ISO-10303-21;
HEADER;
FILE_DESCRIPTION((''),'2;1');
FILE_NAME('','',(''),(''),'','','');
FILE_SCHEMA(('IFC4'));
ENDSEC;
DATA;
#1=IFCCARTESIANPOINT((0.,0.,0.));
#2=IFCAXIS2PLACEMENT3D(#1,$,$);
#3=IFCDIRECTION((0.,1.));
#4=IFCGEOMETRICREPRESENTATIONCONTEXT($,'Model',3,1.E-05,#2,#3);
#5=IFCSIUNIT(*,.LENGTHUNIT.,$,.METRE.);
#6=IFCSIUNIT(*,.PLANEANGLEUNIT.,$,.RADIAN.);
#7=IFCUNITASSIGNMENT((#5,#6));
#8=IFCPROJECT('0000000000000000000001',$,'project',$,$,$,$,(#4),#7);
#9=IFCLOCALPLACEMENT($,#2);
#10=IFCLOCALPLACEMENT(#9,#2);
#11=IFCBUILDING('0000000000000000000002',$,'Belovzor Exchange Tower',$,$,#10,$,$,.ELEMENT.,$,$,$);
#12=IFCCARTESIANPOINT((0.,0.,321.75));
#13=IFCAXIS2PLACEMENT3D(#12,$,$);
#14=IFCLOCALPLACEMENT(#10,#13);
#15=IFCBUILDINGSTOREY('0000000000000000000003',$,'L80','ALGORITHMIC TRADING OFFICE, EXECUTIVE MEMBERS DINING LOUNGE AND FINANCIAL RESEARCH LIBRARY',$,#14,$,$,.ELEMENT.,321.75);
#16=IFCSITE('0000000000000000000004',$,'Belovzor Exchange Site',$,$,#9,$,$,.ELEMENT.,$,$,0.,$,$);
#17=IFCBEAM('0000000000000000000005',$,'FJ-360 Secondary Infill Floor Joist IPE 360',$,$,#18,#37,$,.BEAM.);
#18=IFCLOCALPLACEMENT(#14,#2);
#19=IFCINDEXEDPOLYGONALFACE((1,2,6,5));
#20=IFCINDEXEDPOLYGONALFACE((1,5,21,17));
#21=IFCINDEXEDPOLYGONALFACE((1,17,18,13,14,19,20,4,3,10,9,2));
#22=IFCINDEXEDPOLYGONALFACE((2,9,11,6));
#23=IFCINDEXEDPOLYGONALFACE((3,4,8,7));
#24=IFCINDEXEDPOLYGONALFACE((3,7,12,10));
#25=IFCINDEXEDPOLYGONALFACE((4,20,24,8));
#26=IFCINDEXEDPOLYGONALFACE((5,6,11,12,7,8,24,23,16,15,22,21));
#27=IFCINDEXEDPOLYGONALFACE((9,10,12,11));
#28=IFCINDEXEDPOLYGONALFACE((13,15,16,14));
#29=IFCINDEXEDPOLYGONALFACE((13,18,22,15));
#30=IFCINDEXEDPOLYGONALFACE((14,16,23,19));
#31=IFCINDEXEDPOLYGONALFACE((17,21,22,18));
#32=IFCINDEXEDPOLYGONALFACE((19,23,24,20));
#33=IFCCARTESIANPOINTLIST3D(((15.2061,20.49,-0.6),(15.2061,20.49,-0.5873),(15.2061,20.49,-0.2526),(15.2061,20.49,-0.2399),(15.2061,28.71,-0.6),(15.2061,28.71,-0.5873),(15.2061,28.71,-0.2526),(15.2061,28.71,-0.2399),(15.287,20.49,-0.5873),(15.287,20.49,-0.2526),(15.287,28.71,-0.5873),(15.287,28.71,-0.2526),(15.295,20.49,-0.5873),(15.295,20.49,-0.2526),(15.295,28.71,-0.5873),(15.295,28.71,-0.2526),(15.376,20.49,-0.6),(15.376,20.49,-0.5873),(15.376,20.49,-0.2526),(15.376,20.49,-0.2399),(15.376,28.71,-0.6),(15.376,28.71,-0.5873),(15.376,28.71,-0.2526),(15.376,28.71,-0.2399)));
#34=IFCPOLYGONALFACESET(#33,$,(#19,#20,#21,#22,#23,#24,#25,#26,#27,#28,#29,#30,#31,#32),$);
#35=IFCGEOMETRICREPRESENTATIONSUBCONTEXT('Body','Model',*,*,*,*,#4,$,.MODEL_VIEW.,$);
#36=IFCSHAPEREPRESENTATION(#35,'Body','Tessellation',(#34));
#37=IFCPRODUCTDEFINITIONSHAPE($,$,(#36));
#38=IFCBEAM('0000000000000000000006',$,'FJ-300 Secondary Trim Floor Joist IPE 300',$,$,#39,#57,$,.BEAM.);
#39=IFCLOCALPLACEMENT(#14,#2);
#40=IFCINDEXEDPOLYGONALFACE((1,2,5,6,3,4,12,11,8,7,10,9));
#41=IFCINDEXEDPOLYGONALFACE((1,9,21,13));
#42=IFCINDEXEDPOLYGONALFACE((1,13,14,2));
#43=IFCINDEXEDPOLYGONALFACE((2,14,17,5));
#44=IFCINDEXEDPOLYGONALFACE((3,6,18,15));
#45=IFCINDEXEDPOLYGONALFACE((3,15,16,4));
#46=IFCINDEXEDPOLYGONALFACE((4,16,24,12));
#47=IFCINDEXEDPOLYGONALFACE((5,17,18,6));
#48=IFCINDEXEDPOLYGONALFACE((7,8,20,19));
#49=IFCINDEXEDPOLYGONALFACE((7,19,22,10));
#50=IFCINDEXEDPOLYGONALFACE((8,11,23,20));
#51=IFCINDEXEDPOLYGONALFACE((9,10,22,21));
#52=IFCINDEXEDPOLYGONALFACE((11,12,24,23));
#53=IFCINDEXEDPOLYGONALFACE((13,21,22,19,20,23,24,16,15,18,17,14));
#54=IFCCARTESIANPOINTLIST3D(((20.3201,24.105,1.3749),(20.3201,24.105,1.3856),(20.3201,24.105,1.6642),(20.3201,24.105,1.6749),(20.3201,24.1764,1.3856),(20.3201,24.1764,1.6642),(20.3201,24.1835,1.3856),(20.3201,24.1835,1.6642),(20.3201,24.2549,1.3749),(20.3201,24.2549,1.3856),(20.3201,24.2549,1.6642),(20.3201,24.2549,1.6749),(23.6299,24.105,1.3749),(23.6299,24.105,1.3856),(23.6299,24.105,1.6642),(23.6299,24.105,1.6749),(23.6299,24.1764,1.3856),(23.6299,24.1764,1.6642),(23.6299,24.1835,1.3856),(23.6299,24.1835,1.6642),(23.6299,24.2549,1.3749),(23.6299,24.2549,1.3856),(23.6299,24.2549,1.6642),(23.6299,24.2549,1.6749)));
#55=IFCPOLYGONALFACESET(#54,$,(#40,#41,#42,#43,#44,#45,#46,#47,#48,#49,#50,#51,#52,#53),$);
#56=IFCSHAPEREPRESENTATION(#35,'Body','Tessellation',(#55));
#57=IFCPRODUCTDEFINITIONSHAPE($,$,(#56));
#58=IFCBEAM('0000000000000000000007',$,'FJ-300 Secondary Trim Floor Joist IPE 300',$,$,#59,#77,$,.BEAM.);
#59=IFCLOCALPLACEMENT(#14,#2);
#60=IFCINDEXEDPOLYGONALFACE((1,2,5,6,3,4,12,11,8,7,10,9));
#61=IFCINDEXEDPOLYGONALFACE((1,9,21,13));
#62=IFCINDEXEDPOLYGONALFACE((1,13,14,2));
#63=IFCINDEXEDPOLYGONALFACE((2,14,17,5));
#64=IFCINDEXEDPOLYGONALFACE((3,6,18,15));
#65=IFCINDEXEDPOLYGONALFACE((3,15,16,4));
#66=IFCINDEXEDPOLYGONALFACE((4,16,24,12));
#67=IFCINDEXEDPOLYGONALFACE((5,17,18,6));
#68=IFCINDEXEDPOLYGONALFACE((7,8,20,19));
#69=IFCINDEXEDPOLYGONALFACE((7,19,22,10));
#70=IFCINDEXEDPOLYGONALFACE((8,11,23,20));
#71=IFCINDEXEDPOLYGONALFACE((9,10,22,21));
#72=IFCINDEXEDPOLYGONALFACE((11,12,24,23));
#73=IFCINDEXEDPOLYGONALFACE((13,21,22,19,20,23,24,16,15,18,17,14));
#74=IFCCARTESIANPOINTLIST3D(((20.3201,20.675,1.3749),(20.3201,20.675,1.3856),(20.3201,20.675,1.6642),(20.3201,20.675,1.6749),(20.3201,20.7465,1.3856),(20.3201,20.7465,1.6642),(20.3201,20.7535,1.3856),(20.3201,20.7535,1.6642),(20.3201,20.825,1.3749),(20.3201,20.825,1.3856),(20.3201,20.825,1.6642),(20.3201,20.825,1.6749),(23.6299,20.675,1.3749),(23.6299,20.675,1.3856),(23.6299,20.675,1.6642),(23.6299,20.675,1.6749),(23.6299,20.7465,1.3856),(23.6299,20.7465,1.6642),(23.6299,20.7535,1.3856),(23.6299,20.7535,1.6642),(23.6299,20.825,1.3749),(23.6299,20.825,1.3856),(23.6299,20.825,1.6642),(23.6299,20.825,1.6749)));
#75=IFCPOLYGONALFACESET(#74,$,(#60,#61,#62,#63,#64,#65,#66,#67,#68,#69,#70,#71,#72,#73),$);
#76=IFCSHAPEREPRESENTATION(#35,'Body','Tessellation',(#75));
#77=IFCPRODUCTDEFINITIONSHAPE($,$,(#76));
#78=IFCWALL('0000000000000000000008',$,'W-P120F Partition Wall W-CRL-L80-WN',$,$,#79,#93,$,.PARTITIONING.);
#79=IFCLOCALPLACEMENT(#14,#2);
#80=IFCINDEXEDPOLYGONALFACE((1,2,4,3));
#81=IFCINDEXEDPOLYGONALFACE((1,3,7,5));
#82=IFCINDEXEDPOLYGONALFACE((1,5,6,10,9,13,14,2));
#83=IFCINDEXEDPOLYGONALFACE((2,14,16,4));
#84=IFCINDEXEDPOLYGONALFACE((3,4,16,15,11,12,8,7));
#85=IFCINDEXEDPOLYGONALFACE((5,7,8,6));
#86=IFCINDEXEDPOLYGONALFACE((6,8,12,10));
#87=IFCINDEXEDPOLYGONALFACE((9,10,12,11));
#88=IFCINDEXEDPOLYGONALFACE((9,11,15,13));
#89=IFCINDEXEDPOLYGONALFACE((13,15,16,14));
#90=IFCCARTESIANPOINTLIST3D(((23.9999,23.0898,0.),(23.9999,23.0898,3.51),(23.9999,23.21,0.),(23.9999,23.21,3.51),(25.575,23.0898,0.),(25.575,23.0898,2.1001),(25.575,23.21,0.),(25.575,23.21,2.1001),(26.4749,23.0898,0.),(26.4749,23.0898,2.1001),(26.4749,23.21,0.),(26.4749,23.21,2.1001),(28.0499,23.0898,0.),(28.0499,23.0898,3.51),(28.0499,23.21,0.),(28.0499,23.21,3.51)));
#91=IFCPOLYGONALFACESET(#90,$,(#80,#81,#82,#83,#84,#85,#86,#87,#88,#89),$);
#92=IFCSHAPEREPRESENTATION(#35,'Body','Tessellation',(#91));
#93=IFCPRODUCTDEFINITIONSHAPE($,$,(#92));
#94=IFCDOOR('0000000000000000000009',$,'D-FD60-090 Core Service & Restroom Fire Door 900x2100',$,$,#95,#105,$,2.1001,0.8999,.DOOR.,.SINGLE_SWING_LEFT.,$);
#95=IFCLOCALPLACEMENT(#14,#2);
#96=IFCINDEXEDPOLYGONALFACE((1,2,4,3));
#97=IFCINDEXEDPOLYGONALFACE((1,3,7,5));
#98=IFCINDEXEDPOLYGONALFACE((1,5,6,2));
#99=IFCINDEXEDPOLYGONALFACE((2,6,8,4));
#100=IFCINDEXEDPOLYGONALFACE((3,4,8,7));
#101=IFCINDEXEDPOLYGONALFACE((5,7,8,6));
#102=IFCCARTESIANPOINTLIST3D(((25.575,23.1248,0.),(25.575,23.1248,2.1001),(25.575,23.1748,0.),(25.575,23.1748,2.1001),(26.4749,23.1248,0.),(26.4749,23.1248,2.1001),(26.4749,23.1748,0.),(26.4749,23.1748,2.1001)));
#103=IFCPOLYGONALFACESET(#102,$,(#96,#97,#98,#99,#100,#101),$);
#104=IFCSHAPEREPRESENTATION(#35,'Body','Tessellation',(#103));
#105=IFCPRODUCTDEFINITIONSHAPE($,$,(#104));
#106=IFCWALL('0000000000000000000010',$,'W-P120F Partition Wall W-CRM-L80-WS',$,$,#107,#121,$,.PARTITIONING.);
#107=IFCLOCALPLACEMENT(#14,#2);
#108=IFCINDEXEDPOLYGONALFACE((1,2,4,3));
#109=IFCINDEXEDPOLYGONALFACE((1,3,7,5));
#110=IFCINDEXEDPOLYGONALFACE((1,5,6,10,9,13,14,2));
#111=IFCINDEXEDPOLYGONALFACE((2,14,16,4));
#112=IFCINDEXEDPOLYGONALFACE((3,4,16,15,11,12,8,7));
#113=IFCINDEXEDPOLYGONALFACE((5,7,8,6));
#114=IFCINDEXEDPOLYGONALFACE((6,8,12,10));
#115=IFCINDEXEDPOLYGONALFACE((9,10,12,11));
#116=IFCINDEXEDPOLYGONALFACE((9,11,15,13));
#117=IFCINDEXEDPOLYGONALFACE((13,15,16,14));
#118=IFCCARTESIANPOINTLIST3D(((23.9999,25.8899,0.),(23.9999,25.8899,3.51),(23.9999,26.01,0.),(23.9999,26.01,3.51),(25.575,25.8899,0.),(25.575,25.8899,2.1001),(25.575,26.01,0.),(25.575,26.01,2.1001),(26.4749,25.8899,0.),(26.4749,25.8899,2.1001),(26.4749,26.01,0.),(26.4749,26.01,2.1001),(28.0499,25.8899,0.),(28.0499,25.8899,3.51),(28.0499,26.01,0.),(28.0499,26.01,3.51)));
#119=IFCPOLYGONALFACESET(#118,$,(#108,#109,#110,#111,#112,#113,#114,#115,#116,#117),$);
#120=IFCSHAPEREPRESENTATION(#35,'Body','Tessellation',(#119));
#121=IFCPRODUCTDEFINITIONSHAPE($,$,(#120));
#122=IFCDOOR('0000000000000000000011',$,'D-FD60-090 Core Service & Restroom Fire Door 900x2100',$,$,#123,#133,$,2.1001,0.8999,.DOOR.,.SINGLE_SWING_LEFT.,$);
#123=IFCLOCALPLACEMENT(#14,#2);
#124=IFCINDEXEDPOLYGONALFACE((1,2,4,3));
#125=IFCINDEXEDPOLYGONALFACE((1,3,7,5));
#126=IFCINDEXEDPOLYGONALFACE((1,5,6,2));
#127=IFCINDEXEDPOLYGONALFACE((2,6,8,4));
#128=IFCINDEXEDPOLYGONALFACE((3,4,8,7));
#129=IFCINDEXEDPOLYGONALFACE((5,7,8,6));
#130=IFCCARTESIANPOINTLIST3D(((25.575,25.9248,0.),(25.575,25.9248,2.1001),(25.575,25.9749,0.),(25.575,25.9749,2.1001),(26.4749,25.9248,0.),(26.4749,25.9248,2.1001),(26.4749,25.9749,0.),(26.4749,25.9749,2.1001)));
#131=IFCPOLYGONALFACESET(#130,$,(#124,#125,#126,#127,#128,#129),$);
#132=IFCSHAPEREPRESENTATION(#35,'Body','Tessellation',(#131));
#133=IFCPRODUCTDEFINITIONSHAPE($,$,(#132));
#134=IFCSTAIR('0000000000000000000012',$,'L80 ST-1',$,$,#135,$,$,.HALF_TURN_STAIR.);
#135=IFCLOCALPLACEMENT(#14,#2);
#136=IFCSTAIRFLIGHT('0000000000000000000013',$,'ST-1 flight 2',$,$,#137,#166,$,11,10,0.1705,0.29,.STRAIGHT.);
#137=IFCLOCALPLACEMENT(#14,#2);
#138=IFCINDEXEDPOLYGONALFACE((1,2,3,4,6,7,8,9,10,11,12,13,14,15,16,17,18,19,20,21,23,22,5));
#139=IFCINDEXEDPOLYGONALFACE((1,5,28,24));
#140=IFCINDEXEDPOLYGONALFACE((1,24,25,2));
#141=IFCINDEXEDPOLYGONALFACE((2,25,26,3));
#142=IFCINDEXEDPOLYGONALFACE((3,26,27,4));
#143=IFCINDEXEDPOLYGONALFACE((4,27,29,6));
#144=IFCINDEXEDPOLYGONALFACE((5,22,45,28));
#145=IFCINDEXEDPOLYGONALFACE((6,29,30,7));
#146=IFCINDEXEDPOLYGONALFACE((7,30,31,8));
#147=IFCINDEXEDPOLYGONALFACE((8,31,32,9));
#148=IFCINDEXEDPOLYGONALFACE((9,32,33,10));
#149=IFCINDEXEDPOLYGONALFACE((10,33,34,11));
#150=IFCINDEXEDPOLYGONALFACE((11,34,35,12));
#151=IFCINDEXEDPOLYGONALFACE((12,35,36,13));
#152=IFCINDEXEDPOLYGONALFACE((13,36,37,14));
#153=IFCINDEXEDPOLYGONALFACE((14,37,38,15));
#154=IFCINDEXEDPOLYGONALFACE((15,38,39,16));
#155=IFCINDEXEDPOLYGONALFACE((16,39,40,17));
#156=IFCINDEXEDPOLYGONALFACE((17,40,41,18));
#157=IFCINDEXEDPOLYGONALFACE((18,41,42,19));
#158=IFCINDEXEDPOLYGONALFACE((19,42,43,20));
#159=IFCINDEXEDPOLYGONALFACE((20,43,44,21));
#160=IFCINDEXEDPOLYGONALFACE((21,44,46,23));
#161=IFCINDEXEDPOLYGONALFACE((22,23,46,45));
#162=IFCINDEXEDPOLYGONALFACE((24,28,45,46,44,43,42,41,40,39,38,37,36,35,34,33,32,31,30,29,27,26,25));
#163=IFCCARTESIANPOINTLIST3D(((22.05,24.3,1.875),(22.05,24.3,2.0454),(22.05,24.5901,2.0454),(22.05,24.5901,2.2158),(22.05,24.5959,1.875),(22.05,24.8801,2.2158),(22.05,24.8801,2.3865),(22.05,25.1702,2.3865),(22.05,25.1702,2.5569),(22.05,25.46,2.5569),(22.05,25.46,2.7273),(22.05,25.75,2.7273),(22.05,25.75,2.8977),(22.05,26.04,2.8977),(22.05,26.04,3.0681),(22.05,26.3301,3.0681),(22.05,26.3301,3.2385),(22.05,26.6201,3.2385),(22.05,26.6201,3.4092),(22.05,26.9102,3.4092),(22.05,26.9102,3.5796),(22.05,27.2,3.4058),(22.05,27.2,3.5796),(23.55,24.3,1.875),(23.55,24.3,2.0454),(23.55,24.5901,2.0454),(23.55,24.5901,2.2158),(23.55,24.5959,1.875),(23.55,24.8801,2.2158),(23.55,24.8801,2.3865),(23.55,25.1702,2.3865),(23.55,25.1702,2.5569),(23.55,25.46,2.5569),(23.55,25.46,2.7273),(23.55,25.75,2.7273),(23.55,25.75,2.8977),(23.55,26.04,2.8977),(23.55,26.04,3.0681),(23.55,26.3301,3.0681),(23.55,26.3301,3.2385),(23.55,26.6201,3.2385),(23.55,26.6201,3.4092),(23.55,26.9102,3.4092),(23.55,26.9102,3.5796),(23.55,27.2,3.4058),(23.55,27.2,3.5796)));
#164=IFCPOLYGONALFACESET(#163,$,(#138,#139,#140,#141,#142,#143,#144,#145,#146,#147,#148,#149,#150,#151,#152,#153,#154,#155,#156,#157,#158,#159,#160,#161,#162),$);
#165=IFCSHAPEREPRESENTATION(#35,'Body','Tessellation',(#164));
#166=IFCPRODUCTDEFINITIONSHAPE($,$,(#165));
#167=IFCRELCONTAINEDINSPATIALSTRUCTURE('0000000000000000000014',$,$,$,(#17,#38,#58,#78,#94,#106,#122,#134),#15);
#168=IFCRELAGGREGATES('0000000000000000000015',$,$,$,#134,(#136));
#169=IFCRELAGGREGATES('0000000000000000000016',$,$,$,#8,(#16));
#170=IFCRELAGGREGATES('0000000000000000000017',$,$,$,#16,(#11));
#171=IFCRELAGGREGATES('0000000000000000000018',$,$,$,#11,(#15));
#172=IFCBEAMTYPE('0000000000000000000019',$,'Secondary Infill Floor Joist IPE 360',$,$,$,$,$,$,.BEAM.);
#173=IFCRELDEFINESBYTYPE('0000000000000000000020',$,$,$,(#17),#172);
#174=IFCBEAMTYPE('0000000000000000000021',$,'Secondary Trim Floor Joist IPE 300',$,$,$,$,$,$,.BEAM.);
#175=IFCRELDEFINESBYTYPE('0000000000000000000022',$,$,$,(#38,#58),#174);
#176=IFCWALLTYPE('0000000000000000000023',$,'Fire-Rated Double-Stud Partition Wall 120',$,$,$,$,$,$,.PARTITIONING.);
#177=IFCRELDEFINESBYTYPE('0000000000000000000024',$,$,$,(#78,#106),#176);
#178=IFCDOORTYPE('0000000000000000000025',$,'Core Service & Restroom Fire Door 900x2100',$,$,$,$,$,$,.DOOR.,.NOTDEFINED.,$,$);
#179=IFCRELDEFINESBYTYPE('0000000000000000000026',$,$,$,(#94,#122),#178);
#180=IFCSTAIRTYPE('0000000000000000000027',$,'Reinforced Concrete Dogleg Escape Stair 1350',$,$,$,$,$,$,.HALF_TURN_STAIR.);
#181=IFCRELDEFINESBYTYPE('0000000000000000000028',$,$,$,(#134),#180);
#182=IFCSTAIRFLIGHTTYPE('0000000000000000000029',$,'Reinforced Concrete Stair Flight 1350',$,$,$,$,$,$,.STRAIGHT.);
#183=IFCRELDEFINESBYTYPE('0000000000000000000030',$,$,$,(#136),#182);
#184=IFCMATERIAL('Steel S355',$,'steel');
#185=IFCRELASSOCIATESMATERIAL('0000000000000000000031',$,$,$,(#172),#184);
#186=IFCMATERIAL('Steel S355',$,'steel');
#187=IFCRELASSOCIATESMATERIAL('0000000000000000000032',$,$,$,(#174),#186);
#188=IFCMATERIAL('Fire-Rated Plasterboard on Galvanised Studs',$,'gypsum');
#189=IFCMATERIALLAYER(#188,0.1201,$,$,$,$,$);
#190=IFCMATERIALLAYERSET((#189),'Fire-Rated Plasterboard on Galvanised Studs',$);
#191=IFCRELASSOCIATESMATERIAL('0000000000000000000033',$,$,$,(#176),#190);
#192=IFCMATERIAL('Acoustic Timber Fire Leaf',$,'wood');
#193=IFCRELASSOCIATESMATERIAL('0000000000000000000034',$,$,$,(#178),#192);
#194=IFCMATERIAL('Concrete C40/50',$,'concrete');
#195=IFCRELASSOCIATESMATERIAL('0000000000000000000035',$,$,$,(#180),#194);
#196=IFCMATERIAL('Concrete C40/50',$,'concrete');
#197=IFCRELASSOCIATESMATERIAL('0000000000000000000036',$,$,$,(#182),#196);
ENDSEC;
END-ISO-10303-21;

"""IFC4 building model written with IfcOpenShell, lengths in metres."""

from ifc_helpers import new_model, si_unit, direction, frame, frame_2d, origin, origin_2d, place, context, subcontext, project, spatial, polyline, rectangle, i_section, outline, extrude, material, layer, layer_set, material_profile, profile_set, type_object, element, fill, aggregate, save


model = new_model("IFC4")

# Units and contexts
model_context = context("Model", 3, precision=1e-05, world=origin(), true_north=direction((0.0, 1.0)))
body_context = subcontext(model_context, "Body", "Model", "MODEL_VIEW")
ifc_project = project(units=[si_unit("LENGTHUNIT", "METRE"), si_unit("PLANEANGLEUNIT", "RADIAN")], contexts=[model_context])

# Site, building, storey
site_placement = place(None, origin())
site = spatial("IfcSite", under=ifc_project, at=site_placement, Name="Belovzor Exchange Site", CompositionType="ELEMENT", RefElevation=0.0)
building_placement = place(site_placement, origin())
building = spatial("IfcBuilding", under=site, at=building_placement, Name="Belovzor Exchange Tower", CompositionType="ELEMENT")
storey_placement = place(building_placement, frame((0.0, 0.0, 321.75)))
storey = spatial("IfcBuildingStorey", under=building, at=storey_placement, Name="L80", Description="ALGORITHMIC TRADING OFFICE, EXECUTIVE MEMBERS DINING LOUNGE AND FINANCIAL RESEARCH LIBRARY", CompositionType="ELEMENT", Elevation=321.75)

# Beams
ifc_material_1 = material(Name="Steel S355", Category="steel")
ifc_material_profile_1 = material_profile(ifc_material_1, i_section(OverallWidth=0.1699, OverallDepth=0.3601, WebThickness=0.0081, FlangeThickness=0.0127, at=origin_2d()))
ifc_profile_set_1 = profile_set([ifc_material_profile_1], Name="Steel S355")
beam_type_1 = type_object("IfcBeamType", Name="Secondary Infill Floor Joist IPE 360", PredefinedType="BEAM", material=ifc_profile_set_1)
beam_placement = place(storey_placement, frame((15.291, 20.49, -0.4199), z_axis=(0.0, 1.0, 0.0), x_axis=(-1.0, 0.0, 0.0)))
element("IfcBeam", 1, at=beam_placement, inside=storey, type_object=beam_type_1, Name="FJ-360 Secondary Infill Floor Joist IPE 360", PredefinedType="BEAM", context=body_context, shape_type="SweptSolid", body=[
    extrude(i_section(OverallWidth=0.1699, OverallDepth=0.3601, WebThickness=0.0081, FlangeThickness=0.0127, at=origin_2d()), origin(), (0.0, 0.0, 1.0), 8.22),
])
ifc_material_2 = material(Name="Steel S355", Category="steel")
ifc_material_profile_2 = material_profile(ifc_material_2, i_section(OverallWidth=0.1499, OverallDepth=0.3, WebThickness=0.0071, FlangeThickness=0.0107, at=origin_2d()))
ifc_profile_set_2 = profile_set([ifc_material_profile_2], Name="Steel S355")
beam_type_2 = type_object("IfcBeamType", Name="Secondary Trim Floor Joist IPE 300", PredefinedType="BEAM", material=ifc_profile_set_2)
for number, where, z_axis, x_axis, name in (
    (2, (20.3201, 24.1799, 1.5249), (1.0, 0.0, 0.0), (0.0, 1.0, 0.0), "FJ-300 Secondary Trim Floor Joist IPE 300"),
    (3, (20.3201, 20.75, 1.5249), (1.0, 0.0, 0.0), (0.0, 1.0, 0.0), "FJ-300 Secondary Trim Floor Joist IPE 300"),
):
    element("IfcBeam", number, at=place(storey_placement, frame(where, z_axis=z_axis, x_axis=x_axis)), inside=storey, type_object=beam_type_2, Name=name, PredefinedType="BEAM", context=body_context, shape_type="SweptSolid", body=[
        extrude(i_section(OverallWidth=0.1499, OverallDepth=0.3, WebThickness=0.0071, FlangeThickness=0.0107, at=origin_2d()), origin(), (0.0, 0.0, 1.0), 3.3098),
    ])

# Walls, openings, doors
ifc_material_3 = material(Name="Fire-Rated Plasterboard on Galvanised Studs", Category="gypsum")
ifc_layer = layer(ifc_material_3, 0.1201)
ifc_layer_set = layer_set([ifc_layer], Name="Fire-Rated Plasterboard on Galvanised Studs")
wall_type = type_object("IfcWallType", Name="Fire-Rated Double-Stud Partition Wall 120", PredefinedType="PARTITIONING", material=ifc_layer_set)
wall_1_placement = place(storey_placement, frame((24.0, 23.1499, 0.0), z_axis=(0.0, 0.0, 1.0), x_axis=(1.0, 0.0, 0.0)))
wall_1 = element("IfcWall", 4, at=wall_1_placement, inside=storey, type_object=wall_type, Name="W-P120F Partition Wall W-CRL-L80-WN", PredefinedType="PARTITIONING", context=body_context, shape_type="SweptSolid", body=[
    extrude(rectangle(XDim=4.05, YDim=0.1201, at=frame_2d((2.0249, 0.0))), origin(), (0.0, 0.0, 1.0), 3.51),
])
opening_1_placement = place(wall_1_placement, frame((1.575, 0.0, 0.0)))
opening_1 = element("IfcOpeningElement", 5, at=opening_1_placement, cuts=wall_1, PredefinedType="OPENING", context=body_context, shape_type="SweptSolid", body=[
    extrude(rectangle(XDim=0.8999, YDim=2.1001, at=frame_2d((0.45, 1.05))), frame((0.0, 0.0701, 0.0), z_axis=(0.0, -1.0, 0.0), x_axis=(1.0, 0.0, 0.0)), (0.0, 0.0, 1.0), 0.1401),
])
ifc_material_4 = material(Name="Acoustic Timber Fire Leaf", Category="wood")
door_type = type_object("IfcDoorType", Name="Core Service & Restroom Fire Door 900x2100", OperationType="NOTDEFINED", PredefinedType="DOOR", material=ifc_material_4)
door_1_placement = place(opening_1_placement, origin())
door_1 = element("IfcDoor", 6, at=door_1_placement, inside=storey, type_object=door_type, Name="D-FD60-090 Core Service & Restroom Fire Door 900x2100", OperationType="SINGLE_SWING_LEFT", OverallHeight=2.1001, OverallWidth=0.8999, PredefinedType="DOOR", context=body_context, shape_type="SweptSolid", body=[
    extrude(rectangle(XDim=0.8999, YDim=2.1001, at=frame_2d((0.45, 1.05))), frame((0.0, 0.0249, 0.0), z_axis=(0.0, -1.0, 0.0), x_axis=(1.0, 0.0, 0.0)), (0.0, 0.0, 1.0), 0.05),
])
fill(opening_1, door_1)
wall_2_placement = place(storey_placement, frame((24.0, 25.95, 0.0), z_axis=(0.0, 0.0, 1.0), x_axis=(1.0, 0.0, 0.0)))
wall_2 = element("IfcWall", 7, at=wall_2_placement, inside=storey, type_object=wall_type, Name="W-P120F Partition Wall W-CRM-L80-WS", PredefinedType="PARTITIONING", context=body_context, shape_type="SweptSolid", body=[
    extrude(rectangle(XDim=4.05, YDim=0.1201, at=frame_2d((2.0249, 0.0))), origin(), (0.0, 0.0, 1.0), 3.51),
])
opening_2_placement = place(wall_2_placement, frame((1.575, 0.0, 0.0)))
opening_2 = element("IfcOpeningElement", 8, at=opening_2_placement, cuts=wall_2, PredefinedType="OPENING", context=body_context, shape_type="SweptSolid", body=[
    extrude(rectangle(XDim=0.8999, YDim=2.1001, at=frame_2d((0.45, 1.05))), frame((0.0, 0.0701, 0.0), z_axis=(0.0, -1.0, 0.0), x_axis=(1.0, 0.0, 0.0)), (0.0, 0.0, 1.0), 0.1401),
])
door_2_placement = place(opening_2_placement, origin())
door_2 = element("IfcDoor", 9, at=door_2_placement, inside=storey, type_object=door_type, Name="D-FD60-090 Core Service & Restroom Fire Door 900x2100", OperationType="SINGLE_SWING_LEFT", OverallHeight=2.1001, OverallWidth=0.8999, PredefinedType="DOOR", context=body_context, shape_type="SweptSolid", body=[
    extrude(rectangle(XDim=0.8999, YDim=2.1001, at=frame_2d((0.45, 1.05))), frame((0.0, 0.0249, 0.0), z_axis=(0.0, -1.0, 0.0), x_axis=(1.0, 0.0, 0.0)), (0.0, 0.0, 1.0), 0.05),
])
fill(opening_2, door_2)

# Stair, stair flight
ifc_material_5 = material(Name="Concrete C40/50", Category="concrete")
stair_type = type_object("IfcStairType", Name="Reinforced Concrete Dogleg Escape Stair 1350", PredefinedType="HALF_TURN_STAIR", material=ifc_material_5)
stair_placement = place(storey_placement, origin())
stair = element("IfcStair", 10, at=stair_placement, inside=storey, type_object=stair_type, Name="L80 ST-1", PredefinedType="HALF_TURN_STAIR")
ifc_material_6 = material(Name="Concrete C40/50", Category="concrete")
stair_flight_type = type_object("IfcStairFlightType", Name="Reinforced Concrete Stair Flight 1350", PredefinedType="STRAIGHT", material=ifc_material_6)
stair_flight_placement = place(storey_placement, frame((22.8, 24.3, 1.875), z_axis=(0.0, 0.0, 1.0), x_axis=(0.0, 1.0, 0.0)))
stair_flight = element("IfcStairFlight", 11, at=stair_flight_placement, type_object=stair_flight_type, Name="ST-1 flight 2", NumberOfRisers=11, NumberOfTreads=10, PredefinedType="STRAIGHT", RiserHeight=0.1705, TreadLength=0.29, context=body_context, shape_type="SweptSolid", body=[
    extrude(outline(polyline([(0.0, 0.0), (0.0, 0.1704), (0.29, 0.1704), (0.29, 0.3408), (0.5801, 0.3408), (0.5801, 0.5115), (0.8701, 0.5115), (0.8701, 0.6819), (1.1599, 0.6819), (1.1599, 0.8523), (1.45, 0.8523), (1.45, 1.0227), (1.74, 1.0227), (1.74, 1.1931), (2.03, 1.1931), (2.03, 1.3635), (2.3201, 1.3635), (2.3201, 1.5342), (2.6101, 1.5342), (2.6101, 1.7046), (2.8999, 1.7046), (2.8999, 1.875), (2.8999, 1.5308), (0.2959, 0.0), (0.0, 0.0)])), frame((0.0, 0.75, 0.0), z_axis=(0.0, -1.0, 0.0), x_axis=(1.0, 0.0, 0.0)), (0.0, 0.0, 1.0), 1.5),
])
aggregate(stair, [stair_flight])

save(model, "model.ifc")
